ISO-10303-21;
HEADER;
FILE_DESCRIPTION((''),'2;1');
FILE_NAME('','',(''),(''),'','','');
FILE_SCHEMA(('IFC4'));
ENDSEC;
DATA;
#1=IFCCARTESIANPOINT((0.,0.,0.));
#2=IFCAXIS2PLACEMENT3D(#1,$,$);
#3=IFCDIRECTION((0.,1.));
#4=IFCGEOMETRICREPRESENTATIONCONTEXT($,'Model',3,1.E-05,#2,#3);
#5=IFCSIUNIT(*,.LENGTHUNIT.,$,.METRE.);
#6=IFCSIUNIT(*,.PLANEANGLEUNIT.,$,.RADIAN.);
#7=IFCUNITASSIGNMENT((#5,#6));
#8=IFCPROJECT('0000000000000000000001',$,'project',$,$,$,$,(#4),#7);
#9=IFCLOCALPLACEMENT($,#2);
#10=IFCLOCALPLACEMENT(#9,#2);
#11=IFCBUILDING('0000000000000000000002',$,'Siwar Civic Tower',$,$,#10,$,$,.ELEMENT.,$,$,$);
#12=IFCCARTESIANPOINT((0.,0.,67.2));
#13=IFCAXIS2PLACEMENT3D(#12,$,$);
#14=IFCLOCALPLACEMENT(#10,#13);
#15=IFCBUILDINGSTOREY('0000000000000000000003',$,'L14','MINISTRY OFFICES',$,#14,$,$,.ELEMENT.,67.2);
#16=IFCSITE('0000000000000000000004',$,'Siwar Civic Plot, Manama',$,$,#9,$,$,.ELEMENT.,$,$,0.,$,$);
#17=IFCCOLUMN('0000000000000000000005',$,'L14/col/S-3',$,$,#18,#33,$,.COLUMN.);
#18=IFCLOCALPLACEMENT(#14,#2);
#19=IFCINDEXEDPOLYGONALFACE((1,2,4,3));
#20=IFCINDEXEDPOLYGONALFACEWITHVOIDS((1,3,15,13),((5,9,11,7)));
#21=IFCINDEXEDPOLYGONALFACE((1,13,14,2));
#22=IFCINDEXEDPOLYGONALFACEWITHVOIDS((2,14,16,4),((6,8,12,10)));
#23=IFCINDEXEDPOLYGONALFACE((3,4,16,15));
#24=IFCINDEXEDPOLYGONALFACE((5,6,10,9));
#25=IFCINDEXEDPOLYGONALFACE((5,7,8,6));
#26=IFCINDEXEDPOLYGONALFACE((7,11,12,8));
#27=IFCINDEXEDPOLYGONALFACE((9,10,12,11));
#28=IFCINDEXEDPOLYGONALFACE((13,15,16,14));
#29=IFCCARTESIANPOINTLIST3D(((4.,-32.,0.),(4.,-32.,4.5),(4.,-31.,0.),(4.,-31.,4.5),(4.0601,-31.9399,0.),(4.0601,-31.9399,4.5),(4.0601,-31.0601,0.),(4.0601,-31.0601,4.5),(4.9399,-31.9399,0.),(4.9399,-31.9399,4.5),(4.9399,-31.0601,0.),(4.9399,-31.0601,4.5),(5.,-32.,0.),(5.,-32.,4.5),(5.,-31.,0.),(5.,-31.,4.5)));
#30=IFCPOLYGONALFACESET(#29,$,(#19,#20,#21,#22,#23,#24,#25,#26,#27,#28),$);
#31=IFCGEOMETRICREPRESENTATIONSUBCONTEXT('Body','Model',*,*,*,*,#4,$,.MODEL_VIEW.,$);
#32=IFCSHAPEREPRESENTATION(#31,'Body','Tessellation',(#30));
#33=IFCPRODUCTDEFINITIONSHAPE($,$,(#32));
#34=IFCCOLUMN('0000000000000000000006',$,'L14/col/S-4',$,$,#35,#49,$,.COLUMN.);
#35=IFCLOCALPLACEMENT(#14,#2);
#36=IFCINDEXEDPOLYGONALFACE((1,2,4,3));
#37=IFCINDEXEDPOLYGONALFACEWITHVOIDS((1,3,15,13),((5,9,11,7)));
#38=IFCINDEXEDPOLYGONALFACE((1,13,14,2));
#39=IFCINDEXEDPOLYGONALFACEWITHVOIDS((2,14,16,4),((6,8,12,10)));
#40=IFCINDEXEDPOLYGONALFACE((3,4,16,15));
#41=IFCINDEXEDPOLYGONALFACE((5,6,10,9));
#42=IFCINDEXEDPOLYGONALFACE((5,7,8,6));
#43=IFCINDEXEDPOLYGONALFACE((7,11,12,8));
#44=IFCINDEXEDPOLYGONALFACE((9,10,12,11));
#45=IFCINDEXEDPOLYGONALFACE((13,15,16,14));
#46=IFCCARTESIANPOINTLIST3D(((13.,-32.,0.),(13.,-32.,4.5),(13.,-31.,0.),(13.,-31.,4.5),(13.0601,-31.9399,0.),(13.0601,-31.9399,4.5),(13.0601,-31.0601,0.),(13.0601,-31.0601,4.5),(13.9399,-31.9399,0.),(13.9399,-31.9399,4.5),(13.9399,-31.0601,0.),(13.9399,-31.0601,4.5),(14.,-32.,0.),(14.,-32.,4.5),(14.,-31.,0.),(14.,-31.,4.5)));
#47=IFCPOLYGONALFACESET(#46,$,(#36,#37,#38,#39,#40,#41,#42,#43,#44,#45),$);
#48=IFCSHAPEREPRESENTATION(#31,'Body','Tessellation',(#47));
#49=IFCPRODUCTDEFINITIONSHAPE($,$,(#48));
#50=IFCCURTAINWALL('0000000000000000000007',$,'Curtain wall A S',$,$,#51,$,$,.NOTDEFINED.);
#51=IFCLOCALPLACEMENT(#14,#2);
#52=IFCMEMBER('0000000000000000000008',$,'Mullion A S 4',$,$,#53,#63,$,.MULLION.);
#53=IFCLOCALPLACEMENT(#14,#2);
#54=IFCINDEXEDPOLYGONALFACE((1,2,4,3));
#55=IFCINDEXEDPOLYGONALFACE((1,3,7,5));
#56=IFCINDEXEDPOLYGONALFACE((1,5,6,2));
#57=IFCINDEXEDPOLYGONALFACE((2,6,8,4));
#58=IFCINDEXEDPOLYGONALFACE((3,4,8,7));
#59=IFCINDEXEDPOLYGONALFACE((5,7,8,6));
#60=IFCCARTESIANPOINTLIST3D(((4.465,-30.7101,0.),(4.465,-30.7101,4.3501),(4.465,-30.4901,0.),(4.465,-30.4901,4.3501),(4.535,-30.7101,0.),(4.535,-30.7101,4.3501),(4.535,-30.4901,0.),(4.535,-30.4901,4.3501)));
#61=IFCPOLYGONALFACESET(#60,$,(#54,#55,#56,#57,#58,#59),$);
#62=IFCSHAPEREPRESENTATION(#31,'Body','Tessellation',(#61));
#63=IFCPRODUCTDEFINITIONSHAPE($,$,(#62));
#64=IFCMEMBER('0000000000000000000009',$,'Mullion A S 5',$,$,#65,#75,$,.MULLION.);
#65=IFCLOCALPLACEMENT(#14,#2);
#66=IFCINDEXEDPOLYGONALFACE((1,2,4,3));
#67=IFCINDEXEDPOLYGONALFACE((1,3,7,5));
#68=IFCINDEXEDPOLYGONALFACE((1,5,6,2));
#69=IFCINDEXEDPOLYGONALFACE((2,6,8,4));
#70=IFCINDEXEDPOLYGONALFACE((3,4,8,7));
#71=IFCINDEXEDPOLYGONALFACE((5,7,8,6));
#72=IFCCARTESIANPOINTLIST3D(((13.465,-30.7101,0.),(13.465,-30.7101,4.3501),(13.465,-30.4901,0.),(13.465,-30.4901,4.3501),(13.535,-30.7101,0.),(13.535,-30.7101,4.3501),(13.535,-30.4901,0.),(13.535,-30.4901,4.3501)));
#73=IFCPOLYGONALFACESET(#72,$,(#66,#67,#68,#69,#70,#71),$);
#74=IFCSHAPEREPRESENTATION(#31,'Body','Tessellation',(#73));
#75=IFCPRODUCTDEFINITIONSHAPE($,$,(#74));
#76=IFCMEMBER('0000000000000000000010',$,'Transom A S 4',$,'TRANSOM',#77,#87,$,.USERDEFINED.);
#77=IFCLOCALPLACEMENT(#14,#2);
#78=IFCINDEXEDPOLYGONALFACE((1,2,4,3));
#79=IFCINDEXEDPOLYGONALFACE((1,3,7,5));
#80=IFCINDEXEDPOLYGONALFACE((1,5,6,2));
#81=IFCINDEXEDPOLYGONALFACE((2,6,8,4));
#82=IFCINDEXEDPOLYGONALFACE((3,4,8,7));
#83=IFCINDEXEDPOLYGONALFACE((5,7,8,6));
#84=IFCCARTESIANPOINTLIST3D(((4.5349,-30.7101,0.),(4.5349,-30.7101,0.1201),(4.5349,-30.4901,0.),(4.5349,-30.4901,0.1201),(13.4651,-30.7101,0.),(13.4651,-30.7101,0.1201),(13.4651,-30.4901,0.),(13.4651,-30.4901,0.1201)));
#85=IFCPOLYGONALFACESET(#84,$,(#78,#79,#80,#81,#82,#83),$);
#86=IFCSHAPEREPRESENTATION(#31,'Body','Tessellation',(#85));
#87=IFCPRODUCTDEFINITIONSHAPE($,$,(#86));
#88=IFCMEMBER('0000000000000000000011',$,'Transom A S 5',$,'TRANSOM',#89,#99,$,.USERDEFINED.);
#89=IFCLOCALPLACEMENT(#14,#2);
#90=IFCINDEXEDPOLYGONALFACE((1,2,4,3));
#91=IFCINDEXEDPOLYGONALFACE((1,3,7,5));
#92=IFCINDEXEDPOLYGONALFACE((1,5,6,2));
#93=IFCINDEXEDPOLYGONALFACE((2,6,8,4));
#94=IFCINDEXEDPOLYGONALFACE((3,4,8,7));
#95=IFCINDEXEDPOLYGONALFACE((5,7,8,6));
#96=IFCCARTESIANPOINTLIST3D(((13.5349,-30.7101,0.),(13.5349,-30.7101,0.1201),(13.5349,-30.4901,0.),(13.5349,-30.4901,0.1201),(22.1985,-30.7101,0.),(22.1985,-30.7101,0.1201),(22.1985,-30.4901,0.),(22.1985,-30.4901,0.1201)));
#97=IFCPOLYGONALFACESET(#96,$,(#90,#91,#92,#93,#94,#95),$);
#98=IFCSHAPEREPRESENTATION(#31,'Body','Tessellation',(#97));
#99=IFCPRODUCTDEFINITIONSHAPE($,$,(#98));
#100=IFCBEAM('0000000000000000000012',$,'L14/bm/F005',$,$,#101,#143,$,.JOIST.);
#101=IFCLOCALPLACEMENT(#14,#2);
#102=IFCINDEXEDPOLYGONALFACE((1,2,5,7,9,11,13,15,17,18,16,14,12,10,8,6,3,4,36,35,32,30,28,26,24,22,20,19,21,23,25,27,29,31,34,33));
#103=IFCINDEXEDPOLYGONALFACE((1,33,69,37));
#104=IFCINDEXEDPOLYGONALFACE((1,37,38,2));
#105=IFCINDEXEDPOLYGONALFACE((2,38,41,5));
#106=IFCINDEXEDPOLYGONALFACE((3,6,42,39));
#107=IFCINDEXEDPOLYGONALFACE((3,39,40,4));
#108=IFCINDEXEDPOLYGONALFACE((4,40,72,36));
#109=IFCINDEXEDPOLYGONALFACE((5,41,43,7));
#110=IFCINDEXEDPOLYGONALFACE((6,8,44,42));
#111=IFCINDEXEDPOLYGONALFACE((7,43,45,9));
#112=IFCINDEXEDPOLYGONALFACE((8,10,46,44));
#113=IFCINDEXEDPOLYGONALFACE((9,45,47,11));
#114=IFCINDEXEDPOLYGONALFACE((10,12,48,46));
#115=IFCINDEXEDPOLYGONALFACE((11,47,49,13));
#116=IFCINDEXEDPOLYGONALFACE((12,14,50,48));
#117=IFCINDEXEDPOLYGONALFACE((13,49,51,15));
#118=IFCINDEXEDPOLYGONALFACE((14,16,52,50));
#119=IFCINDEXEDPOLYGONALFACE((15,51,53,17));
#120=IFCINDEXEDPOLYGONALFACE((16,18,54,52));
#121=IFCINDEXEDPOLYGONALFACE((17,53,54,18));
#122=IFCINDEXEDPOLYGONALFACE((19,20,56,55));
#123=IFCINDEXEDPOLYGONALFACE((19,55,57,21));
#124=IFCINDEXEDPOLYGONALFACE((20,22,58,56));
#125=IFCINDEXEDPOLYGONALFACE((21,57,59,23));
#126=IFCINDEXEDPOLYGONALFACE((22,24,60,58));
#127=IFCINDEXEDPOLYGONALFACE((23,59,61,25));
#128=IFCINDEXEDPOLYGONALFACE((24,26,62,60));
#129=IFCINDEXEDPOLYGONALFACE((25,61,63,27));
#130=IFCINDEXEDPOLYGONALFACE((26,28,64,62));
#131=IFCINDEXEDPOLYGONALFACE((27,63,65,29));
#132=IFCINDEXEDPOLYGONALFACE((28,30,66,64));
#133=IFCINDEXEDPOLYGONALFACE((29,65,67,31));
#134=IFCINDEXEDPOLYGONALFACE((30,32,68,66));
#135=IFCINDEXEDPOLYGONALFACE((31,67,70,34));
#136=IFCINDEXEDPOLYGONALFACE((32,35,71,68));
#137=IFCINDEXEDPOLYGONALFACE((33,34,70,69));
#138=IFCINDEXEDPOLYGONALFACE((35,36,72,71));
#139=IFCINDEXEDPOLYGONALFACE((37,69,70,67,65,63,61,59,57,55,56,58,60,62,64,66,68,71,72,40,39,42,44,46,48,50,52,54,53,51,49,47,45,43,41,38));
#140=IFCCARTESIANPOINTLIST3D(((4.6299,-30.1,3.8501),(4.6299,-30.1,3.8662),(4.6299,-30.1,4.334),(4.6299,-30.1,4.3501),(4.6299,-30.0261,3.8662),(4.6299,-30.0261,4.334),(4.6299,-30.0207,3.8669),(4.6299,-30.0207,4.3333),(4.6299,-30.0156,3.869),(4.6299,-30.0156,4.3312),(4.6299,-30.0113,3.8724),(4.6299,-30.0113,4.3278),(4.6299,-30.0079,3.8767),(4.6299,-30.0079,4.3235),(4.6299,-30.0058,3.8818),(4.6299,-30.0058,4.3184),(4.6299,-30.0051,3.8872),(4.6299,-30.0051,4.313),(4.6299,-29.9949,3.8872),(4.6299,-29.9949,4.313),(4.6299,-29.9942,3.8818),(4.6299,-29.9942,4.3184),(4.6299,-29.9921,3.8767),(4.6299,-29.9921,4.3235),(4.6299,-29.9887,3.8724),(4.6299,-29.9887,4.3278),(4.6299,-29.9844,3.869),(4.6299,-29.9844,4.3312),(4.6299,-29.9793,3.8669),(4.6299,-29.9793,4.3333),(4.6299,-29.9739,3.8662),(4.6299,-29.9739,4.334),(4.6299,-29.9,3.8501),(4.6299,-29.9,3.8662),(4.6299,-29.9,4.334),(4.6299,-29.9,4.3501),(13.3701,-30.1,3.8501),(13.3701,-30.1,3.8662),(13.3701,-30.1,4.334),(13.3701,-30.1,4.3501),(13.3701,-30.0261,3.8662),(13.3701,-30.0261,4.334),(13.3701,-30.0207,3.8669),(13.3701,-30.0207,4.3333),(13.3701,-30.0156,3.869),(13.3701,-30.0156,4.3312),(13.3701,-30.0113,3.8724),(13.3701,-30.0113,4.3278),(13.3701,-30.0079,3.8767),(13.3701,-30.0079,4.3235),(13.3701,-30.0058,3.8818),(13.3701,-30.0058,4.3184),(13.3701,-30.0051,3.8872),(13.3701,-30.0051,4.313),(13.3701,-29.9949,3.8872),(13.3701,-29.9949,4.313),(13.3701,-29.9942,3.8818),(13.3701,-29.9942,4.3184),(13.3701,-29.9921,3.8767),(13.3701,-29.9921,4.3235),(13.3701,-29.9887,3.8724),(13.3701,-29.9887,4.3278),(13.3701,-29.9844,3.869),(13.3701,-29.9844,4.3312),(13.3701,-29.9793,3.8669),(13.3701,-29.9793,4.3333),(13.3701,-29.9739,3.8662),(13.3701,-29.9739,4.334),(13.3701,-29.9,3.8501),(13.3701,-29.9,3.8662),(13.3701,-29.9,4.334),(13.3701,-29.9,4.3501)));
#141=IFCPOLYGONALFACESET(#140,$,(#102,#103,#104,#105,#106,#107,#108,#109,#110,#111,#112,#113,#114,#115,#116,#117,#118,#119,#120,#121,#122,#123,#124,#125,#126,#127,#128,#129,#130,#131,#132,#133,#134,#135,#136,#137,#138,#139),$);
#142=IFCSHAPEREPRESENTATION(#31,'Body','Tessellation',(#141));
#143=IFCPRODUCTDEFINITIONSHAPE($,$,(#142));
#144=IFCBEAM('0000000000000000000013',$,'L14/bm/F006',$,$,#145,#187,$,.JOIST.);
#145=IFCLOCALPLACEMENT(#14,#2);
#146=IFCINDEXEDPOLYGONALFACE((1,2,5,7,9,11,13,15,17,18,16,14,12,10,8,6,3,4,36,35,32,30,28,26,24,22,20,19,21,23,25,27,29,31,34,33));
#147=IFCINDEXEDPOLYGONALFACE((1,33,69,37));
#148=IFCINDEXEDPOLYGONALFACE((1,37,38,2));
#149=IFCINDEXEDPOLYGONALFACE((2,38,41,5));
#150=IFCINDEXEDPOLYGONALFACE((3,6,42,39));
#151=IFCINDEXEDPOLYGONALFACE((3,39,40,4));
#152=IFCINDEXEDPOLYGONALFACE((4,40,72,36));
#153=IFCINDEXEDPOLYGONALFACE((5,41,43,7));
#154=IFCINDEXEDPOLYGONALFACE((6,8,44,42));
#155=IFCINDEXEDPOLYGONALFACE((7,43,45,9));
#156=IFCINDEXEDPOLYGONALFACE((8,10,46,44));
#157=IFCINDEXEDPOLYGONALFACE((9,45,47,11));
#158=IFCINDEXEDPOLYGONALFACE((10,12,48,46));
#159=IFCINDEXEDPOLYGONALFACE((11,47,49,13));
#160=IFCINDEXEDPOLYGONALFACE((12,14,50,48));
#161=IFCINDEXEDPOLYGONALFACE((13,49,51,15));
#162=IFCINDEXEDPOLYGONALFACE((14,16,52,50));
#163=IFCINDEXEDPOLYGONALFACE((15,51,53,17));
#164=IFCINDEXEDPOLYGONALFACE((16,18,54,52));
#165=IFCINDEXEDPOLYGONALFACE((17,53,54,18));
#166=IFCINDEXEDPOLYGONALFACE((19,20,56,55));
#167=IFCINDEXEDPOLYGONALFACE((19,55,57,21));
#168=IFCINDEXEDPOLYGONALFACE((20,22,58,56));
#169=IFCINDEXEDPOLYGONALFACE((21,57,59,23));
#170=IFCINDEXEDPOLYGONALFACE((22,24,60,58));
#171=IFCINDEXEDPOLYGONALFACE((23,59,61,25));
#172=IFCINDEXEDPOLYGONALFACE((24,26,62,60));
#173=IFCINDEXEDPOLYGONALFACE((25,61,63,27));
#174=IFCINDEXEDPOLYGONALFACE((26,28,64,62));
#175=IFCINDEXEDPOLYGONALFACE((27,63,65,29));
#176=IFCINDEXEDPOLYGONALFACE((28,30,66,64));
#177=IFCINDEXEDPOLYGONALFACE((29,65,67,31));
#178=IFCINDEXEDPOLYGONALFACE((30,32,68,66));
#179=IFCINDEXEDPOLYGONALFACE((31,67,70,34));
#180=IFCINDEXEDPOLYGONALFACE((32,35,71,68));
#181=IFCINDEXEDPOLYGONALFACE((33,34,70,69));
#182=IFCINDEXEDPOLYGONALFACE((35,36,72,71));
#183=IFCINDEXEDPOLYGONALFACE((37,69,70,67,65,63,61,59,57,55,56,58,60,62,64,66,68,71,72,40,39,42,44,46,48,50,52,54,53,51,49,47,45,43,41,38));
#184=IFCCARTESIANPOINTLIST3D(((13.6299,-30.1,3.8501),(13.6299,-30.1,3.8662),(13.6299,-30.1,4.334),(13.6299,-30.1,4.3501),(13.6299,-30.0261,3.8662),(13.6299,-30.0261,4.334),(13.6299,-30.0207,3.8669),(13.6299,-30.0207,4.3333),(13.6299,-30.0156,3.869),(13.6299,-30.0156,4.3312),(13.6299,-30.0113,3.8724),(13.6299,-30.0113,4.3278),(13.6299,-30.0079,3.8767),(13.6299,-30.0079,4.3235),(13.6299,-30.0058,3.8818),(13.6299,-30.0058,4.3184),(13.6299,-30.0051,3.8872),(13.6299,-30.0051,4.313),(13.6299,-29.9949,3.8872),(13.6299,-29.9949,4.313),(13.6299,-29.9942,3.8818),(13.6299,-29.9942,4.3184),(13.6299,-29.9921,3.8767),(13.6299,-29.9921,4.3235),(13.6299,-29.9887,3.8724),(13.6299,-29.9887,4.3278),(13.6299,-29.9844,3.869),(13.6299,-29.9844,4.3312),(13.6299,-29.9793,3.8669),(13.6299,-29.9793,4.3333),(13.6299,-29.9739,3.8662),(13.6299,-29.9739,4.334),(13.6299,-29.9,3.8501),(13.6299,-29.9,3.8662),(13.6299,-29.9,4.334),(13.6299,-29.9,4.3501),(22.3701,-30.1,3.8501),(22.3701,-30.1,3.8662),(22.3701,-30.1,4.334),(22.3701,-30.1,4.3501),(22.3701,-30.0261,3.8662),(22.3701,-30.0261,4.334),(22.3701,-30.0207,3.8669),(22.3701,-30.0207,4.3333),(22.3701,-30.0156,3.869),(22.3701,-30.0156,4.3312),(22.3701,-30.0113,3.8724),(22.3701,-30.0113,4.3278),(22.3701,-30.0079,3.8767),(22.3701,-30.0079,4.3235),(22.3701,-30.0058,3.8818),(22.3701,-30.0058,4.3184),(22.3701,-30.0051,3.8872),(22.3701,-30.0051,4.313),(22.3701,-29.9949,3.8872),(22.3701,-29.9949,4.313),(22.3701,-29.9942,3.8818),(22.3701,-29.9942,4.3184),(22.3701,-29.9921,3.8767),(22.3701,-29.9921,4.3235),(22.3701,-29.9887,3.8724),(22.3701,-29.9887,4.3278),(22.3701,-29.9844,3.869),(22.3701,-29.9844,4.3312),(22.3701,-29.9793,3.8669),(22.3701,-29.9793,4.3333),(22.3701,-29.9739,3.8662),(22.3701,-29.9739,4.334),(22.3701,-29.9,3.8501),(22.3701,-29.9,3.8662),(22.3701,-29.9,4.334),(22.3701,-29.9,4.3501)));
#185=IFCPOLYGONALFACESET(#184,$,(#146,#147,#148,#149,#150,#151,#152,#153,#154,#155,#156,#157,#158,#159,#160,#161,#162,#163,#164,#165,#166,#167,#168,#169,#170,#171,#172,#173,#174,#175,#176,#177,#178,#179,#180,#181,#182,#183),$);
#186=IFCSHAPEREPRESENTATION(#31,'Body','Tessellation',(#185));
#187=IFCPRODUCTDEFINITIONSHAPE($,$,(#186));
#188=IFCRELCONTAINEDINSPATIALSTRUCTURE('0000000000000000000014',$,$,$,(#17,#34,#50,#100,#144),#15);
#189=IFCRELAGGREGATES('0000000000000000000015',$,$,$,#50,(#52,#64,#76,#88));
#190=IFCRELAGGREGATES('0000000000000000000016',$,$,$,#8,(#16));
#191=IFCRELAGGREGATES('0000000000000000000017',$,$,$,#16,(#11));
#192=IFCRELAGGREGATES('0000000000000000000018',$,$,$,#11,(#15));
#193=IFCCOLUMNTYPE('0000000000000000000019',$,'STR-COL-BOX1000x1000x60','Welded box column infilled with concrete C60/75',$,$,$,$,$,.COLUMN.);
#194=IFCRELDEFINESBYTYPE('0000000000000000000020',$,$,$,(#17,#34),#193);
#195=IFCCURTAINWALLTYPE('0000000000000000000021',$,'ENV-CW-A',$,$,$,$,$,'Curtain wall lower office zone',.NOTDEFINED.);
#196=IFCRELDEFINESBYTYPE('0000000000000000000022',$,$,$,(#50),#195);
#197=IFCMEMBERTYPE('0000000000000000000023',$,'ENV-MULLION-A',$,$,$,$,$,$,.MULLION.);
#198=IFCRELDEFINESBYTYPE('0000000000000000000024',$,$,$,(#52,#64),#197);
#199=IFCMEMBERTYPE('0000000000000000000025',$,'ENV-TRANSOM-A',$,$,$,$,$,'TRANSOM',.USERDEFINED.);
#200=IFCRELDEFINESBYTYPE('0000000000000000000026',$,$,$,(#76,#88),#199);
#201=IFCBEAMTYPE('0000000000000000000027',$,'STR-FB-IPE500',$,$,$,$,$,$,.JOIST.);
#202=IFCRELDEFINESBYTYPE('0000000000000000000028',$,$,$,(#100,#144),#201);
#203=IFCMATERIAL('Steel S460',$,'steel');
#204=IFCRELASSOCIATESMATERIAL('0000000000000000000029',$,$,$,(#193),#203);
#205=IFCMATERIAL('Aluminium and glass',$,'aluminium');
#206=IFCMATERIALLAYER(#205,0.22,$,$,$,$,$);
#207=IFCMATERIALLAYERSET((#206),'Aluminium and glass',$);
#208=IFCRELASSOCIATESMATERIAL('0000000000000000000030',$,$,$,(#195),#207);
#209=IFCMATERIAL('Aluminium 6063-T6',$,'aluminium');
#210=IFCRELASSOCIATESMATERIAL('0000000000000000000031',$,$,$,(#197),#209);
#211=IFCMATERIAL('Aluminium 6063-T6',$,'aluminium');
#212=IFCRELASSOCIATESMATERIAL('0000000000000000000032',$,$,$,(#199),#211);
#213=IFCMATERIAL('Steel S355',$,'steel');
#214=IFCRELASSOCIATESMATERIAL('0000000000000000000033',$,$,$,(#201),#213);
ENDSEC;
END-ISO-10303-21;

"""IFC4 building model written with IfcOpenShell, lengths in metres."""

from ifc_helpers import new_model, si_unit, direction, frame, origin, origin_2d, place, context, subcontext, project, spatial, rectangle, hollow_rectangle, i_section, extrude, material, layer, layer_set, material_profile, profile_set, type_object, element, aggregate, save


model = new_model("IFC4")

# Units and contexts
model_context = context("Model", 3, precision=1e-05, world=origin(), true_north=direction((0.0, 1.0)))
body_context = subcontext(model_context, "Body", "Model", "MODEL_VIEW")
ifc_project = project(units=[si_unit("LENGTHUNIT", "METRE"), si_unit("PLANEANGLEUNIT", "RADIAN")], contexts=[model_context])

# Site, building, storey
site_placement = place(None, origin())
site = spatial("IfcSite", under=ifc_project, at=site_placement, Name="Siwar Civic Plot, Manama", CompositionType="ELEMENT", RefElevation=0.0)
building_placement = place(site_placement, origin())
building = spatial("IfcBuilding", under=site, at=building_placement, Name="Siwar Civic Tower", CompositionType="ELEMENT")
storey_placement = place(building_placement, frame((0.0, 0.0, 67.2)))
storey = spatial("IfcBuildingStorey", under=building, at=storey_placement, Name="L14", Description="MINISTRY OFFICES", CompositionType="ELEMENT", Elevation=67.2)

# Columns
ifc_material_1 = material(Name="Steel S460", Category="steel")
ifc_material_profile_1 = material_profile(ifc_material_1, hollow_rectangle(XDim=1.0, YDim=1.0, WallThickness=0.0601, at=origin_2d()), Name="BOX1000x1000x60")
ifc_profile_set_1 = profile_set([ifc_material_profile_1], Name="Steel S460")
column_type = type_object("IfcColumnType", Name="STR-COL-BOX1000x1000x60", Description="Welded box column infilled with concrete C60/75", PredefinedType="COLUMN", material=ifc_profile_set_1)
for number, where, z_axis, x_axis, name in (
    (1, (4.5, -31.5, 0.0), (0.0, 0.0, 1.0), (1.0, 0.0, 0.0), "L14/col/S-3"),
    (2, (13.5, -31.5, 0.0), (0.0, 0.0, 1.0), (1.0, 0.0, 0.0), "L14/col/S-4"),
):
    element("IfcColumn", number, at=place(storey_placement, frame(where, z_axis=z_axis, x_axis=x_axis)), inside=storey, type_object=column_type, Name=name, PredefinedType="COLUMN", context=body_context, shape_type="SweptSolid", body=[
        extrude(hollow_rectangle(XDim=1.0, YDim=1.0, WallThickness=0.0601, at=origin_2d()), origin(), (0.0, 0.0, 1.0), 4.5),
    ])

# Curtain wall, members
ifc_material_2 = material(Name="Aluminium and glass", Category="aluminium")
ifc_layer_1 = layer(ifc_material_2, 0.22)
ifc_layer_set_1 = layer_set([ifc_layer_1], Name="Aluminium and glass")
curtain_wall_type = type_object("IfcCurtainWallType", Name="ENV-CW-A", ElementType="Curtain wall lower office zone", PredefinedType="NOTDEFINED", material=ifc_layer_set_1)
curtain_wall_placement = place(storey_placement, origin())
curtain_wall = element("IfcCurtainWall", 3, at=curtain_wall_placement, inside=storey, type_object=curtain_wall_type, Name="Curtain wall A S", PredefinedType="NOTDEFINED")
ifc_material_3 = material(Name="Aluminium 6063-T6", Category="aluminium")
ifc_material_profile_2 = material_profile(ifc_material_3, rectangle(XDim=0.22, YDim=0.0701, at=origin_2d()), Name="AL 220x70")
ifc_profile_set_2 = profile_set([ifc_material_profile_2], Name="Aluminium 6063-T6")
member_type_1 = type_object("IfcMemberType", Name="ENV-MULLION-A", PredefinedType="MULLION", material=ifc_profile_set_2)
member_1_placement = place(storey_placement, frame((4.5, -30.6001, 0.0), z_axis=(0.0, 0.0, 1.0), x_axis=(0.0, 1.0, 0.0)))
member_1 = element("IfcMember", 4, at=member_1_placement, type_object=member_type_1, Name="Mullion A S 4", PredefinedType="MULLION", context=body_context, shape_type="SweptSolid", body=[
    extrude(rectangle(XDim=0.22, YDim=0.0701, at=origin_2d()), origin(), (0.0, 0.0, 1.0), 4.3501),
])
member_2_placement = place(storey_placement, frame((13.5, -30.6001, 0.0), z_axis=(0.0, 0.0, 1.0), x_axis=(0.0, 1.0, 0.0)))
member_2 = element("IfcMember", 5, at=member_2_placement, type_object=member_type_1, Name="Mullion A S 5", PredefinedType="MULLION", context=body_context, shape_type="SweptSolid", body=[
    extrude(rectangle(XDim=0.22, YDim=0.0701, at=origin_2d()), origin(), (0.0, 0.0, 1.0), 4.3501),
])
ifc_material_4 = material(Name="Aluminium 6063-T6", Category="aluminium")
ifc_material_profile_3 = material_profile(ifc_material_4, rectangle(XDim=0.22, YDim=0.1201, at=origin_2d()), Name="AL 220x120")
ifc_profile_set_3 = profile_set([ifc_material_profile_3], Name="Aluminium 6063-T6")
member_type_2 = type_object("IfcMemberType", Name="ENV-TRANSOM-A", ElementType="TRANSOM", PredefinedType="USERDEFINED", material=ifc_profile_set_3)
member_3_placement = place(storey_placement, frame((4.5349, -30.6001, 0.0601), z_axis=(1.0, 0.0, 0.0), x_axis=(0.0, 1.0, 0.0)))
member_3 = element("IfcMember", 6, at=member_3_placement, type_object=member_type_2, Name="Transom A S 4", ObjectType="TRANSOM", PredefinedType="USERDEFINED", context=body_context, shape_type="SweptSolid", body=[
    extrude(rectangle(XDim=0.22, YDim=0.1201, at=origin_2d()), origin(), (0.0, 0.0, 1.0), 8.9302),
])
member_4_placement = place(storey_placement, frame((13.5349, -30.6001, 0.0601), z_axis=(1.0, 0.0, 0.0), x_axis=(0.0, 1.0, 0.0)))
member_4 = element("IfcMember", 7, at=member_4_placement, type_object=member_type_2, Name="Transom A S 5", ObjectType="TRANSOM", PredefinedType="USERDEFINED", context=body_context, shape_type="SweptSolid", body=[
    extrude(rectangle(XDim=0.22, YDim=0.1201, at=origin_2d()), origin(), (0.0, 0.0, 1.0), 8.6636),
])

# Beams
ifc_material_5 = material(Name="Steel S355", Category="steel")
ifc_material_profile_4 = material_profile(ifc_material_5, i_section(OverallWidth=0.2, OverallDepth=0.5, WebThickness=0.0103, FlangeThickness=0.0161, FilletRadius=0.021, at=origin_2d()), Name="IPE500")
ifc_profile_set_4 = profile_set([ifc_material_profile_4], Name="Steel S355")
beam_type_1 = type_object("IfcBeamType", Name="STR-FB-IPE500", PredefinedType="JOIST", material=ifc_profile_set_4)
for number, where, z_axis, x_axis, name in (
    (8, (4.6299, -30.0, 4.1001), (1.0, 0.0, 0.0), (0.0, 1.0, 0.0), "L14/bm/F005"),
    (9, (13.6299, -30.0, 4.1001), (1.0, 0.0, 0.0), (0.0, 1.0, 0.0), "L14/bm/F006"),
):
    element("IfcBeam", number, at=place(storey_placement, frame(where, z_axis=z_axis, x_axis=x_axis)), inside=storey, type_object=beam_type_1, Name=name, PredefinedType="JOIST", context=body_context, shape_type="SweptSolid", body=[
        extrude(i_section(OverallWidth=0.2, OverallDepth=0.5, WebThickness=0.0103, FlangeThickness=0.0161, FilletRadius=0.021, at=origin_2d()), origin(), (0.0, 0.0, 1.0), 8.7402),
    ])

aggregate(curtain_wall, [member_1, member_2, member_3, member_4])

save(model, "model.ifc")
